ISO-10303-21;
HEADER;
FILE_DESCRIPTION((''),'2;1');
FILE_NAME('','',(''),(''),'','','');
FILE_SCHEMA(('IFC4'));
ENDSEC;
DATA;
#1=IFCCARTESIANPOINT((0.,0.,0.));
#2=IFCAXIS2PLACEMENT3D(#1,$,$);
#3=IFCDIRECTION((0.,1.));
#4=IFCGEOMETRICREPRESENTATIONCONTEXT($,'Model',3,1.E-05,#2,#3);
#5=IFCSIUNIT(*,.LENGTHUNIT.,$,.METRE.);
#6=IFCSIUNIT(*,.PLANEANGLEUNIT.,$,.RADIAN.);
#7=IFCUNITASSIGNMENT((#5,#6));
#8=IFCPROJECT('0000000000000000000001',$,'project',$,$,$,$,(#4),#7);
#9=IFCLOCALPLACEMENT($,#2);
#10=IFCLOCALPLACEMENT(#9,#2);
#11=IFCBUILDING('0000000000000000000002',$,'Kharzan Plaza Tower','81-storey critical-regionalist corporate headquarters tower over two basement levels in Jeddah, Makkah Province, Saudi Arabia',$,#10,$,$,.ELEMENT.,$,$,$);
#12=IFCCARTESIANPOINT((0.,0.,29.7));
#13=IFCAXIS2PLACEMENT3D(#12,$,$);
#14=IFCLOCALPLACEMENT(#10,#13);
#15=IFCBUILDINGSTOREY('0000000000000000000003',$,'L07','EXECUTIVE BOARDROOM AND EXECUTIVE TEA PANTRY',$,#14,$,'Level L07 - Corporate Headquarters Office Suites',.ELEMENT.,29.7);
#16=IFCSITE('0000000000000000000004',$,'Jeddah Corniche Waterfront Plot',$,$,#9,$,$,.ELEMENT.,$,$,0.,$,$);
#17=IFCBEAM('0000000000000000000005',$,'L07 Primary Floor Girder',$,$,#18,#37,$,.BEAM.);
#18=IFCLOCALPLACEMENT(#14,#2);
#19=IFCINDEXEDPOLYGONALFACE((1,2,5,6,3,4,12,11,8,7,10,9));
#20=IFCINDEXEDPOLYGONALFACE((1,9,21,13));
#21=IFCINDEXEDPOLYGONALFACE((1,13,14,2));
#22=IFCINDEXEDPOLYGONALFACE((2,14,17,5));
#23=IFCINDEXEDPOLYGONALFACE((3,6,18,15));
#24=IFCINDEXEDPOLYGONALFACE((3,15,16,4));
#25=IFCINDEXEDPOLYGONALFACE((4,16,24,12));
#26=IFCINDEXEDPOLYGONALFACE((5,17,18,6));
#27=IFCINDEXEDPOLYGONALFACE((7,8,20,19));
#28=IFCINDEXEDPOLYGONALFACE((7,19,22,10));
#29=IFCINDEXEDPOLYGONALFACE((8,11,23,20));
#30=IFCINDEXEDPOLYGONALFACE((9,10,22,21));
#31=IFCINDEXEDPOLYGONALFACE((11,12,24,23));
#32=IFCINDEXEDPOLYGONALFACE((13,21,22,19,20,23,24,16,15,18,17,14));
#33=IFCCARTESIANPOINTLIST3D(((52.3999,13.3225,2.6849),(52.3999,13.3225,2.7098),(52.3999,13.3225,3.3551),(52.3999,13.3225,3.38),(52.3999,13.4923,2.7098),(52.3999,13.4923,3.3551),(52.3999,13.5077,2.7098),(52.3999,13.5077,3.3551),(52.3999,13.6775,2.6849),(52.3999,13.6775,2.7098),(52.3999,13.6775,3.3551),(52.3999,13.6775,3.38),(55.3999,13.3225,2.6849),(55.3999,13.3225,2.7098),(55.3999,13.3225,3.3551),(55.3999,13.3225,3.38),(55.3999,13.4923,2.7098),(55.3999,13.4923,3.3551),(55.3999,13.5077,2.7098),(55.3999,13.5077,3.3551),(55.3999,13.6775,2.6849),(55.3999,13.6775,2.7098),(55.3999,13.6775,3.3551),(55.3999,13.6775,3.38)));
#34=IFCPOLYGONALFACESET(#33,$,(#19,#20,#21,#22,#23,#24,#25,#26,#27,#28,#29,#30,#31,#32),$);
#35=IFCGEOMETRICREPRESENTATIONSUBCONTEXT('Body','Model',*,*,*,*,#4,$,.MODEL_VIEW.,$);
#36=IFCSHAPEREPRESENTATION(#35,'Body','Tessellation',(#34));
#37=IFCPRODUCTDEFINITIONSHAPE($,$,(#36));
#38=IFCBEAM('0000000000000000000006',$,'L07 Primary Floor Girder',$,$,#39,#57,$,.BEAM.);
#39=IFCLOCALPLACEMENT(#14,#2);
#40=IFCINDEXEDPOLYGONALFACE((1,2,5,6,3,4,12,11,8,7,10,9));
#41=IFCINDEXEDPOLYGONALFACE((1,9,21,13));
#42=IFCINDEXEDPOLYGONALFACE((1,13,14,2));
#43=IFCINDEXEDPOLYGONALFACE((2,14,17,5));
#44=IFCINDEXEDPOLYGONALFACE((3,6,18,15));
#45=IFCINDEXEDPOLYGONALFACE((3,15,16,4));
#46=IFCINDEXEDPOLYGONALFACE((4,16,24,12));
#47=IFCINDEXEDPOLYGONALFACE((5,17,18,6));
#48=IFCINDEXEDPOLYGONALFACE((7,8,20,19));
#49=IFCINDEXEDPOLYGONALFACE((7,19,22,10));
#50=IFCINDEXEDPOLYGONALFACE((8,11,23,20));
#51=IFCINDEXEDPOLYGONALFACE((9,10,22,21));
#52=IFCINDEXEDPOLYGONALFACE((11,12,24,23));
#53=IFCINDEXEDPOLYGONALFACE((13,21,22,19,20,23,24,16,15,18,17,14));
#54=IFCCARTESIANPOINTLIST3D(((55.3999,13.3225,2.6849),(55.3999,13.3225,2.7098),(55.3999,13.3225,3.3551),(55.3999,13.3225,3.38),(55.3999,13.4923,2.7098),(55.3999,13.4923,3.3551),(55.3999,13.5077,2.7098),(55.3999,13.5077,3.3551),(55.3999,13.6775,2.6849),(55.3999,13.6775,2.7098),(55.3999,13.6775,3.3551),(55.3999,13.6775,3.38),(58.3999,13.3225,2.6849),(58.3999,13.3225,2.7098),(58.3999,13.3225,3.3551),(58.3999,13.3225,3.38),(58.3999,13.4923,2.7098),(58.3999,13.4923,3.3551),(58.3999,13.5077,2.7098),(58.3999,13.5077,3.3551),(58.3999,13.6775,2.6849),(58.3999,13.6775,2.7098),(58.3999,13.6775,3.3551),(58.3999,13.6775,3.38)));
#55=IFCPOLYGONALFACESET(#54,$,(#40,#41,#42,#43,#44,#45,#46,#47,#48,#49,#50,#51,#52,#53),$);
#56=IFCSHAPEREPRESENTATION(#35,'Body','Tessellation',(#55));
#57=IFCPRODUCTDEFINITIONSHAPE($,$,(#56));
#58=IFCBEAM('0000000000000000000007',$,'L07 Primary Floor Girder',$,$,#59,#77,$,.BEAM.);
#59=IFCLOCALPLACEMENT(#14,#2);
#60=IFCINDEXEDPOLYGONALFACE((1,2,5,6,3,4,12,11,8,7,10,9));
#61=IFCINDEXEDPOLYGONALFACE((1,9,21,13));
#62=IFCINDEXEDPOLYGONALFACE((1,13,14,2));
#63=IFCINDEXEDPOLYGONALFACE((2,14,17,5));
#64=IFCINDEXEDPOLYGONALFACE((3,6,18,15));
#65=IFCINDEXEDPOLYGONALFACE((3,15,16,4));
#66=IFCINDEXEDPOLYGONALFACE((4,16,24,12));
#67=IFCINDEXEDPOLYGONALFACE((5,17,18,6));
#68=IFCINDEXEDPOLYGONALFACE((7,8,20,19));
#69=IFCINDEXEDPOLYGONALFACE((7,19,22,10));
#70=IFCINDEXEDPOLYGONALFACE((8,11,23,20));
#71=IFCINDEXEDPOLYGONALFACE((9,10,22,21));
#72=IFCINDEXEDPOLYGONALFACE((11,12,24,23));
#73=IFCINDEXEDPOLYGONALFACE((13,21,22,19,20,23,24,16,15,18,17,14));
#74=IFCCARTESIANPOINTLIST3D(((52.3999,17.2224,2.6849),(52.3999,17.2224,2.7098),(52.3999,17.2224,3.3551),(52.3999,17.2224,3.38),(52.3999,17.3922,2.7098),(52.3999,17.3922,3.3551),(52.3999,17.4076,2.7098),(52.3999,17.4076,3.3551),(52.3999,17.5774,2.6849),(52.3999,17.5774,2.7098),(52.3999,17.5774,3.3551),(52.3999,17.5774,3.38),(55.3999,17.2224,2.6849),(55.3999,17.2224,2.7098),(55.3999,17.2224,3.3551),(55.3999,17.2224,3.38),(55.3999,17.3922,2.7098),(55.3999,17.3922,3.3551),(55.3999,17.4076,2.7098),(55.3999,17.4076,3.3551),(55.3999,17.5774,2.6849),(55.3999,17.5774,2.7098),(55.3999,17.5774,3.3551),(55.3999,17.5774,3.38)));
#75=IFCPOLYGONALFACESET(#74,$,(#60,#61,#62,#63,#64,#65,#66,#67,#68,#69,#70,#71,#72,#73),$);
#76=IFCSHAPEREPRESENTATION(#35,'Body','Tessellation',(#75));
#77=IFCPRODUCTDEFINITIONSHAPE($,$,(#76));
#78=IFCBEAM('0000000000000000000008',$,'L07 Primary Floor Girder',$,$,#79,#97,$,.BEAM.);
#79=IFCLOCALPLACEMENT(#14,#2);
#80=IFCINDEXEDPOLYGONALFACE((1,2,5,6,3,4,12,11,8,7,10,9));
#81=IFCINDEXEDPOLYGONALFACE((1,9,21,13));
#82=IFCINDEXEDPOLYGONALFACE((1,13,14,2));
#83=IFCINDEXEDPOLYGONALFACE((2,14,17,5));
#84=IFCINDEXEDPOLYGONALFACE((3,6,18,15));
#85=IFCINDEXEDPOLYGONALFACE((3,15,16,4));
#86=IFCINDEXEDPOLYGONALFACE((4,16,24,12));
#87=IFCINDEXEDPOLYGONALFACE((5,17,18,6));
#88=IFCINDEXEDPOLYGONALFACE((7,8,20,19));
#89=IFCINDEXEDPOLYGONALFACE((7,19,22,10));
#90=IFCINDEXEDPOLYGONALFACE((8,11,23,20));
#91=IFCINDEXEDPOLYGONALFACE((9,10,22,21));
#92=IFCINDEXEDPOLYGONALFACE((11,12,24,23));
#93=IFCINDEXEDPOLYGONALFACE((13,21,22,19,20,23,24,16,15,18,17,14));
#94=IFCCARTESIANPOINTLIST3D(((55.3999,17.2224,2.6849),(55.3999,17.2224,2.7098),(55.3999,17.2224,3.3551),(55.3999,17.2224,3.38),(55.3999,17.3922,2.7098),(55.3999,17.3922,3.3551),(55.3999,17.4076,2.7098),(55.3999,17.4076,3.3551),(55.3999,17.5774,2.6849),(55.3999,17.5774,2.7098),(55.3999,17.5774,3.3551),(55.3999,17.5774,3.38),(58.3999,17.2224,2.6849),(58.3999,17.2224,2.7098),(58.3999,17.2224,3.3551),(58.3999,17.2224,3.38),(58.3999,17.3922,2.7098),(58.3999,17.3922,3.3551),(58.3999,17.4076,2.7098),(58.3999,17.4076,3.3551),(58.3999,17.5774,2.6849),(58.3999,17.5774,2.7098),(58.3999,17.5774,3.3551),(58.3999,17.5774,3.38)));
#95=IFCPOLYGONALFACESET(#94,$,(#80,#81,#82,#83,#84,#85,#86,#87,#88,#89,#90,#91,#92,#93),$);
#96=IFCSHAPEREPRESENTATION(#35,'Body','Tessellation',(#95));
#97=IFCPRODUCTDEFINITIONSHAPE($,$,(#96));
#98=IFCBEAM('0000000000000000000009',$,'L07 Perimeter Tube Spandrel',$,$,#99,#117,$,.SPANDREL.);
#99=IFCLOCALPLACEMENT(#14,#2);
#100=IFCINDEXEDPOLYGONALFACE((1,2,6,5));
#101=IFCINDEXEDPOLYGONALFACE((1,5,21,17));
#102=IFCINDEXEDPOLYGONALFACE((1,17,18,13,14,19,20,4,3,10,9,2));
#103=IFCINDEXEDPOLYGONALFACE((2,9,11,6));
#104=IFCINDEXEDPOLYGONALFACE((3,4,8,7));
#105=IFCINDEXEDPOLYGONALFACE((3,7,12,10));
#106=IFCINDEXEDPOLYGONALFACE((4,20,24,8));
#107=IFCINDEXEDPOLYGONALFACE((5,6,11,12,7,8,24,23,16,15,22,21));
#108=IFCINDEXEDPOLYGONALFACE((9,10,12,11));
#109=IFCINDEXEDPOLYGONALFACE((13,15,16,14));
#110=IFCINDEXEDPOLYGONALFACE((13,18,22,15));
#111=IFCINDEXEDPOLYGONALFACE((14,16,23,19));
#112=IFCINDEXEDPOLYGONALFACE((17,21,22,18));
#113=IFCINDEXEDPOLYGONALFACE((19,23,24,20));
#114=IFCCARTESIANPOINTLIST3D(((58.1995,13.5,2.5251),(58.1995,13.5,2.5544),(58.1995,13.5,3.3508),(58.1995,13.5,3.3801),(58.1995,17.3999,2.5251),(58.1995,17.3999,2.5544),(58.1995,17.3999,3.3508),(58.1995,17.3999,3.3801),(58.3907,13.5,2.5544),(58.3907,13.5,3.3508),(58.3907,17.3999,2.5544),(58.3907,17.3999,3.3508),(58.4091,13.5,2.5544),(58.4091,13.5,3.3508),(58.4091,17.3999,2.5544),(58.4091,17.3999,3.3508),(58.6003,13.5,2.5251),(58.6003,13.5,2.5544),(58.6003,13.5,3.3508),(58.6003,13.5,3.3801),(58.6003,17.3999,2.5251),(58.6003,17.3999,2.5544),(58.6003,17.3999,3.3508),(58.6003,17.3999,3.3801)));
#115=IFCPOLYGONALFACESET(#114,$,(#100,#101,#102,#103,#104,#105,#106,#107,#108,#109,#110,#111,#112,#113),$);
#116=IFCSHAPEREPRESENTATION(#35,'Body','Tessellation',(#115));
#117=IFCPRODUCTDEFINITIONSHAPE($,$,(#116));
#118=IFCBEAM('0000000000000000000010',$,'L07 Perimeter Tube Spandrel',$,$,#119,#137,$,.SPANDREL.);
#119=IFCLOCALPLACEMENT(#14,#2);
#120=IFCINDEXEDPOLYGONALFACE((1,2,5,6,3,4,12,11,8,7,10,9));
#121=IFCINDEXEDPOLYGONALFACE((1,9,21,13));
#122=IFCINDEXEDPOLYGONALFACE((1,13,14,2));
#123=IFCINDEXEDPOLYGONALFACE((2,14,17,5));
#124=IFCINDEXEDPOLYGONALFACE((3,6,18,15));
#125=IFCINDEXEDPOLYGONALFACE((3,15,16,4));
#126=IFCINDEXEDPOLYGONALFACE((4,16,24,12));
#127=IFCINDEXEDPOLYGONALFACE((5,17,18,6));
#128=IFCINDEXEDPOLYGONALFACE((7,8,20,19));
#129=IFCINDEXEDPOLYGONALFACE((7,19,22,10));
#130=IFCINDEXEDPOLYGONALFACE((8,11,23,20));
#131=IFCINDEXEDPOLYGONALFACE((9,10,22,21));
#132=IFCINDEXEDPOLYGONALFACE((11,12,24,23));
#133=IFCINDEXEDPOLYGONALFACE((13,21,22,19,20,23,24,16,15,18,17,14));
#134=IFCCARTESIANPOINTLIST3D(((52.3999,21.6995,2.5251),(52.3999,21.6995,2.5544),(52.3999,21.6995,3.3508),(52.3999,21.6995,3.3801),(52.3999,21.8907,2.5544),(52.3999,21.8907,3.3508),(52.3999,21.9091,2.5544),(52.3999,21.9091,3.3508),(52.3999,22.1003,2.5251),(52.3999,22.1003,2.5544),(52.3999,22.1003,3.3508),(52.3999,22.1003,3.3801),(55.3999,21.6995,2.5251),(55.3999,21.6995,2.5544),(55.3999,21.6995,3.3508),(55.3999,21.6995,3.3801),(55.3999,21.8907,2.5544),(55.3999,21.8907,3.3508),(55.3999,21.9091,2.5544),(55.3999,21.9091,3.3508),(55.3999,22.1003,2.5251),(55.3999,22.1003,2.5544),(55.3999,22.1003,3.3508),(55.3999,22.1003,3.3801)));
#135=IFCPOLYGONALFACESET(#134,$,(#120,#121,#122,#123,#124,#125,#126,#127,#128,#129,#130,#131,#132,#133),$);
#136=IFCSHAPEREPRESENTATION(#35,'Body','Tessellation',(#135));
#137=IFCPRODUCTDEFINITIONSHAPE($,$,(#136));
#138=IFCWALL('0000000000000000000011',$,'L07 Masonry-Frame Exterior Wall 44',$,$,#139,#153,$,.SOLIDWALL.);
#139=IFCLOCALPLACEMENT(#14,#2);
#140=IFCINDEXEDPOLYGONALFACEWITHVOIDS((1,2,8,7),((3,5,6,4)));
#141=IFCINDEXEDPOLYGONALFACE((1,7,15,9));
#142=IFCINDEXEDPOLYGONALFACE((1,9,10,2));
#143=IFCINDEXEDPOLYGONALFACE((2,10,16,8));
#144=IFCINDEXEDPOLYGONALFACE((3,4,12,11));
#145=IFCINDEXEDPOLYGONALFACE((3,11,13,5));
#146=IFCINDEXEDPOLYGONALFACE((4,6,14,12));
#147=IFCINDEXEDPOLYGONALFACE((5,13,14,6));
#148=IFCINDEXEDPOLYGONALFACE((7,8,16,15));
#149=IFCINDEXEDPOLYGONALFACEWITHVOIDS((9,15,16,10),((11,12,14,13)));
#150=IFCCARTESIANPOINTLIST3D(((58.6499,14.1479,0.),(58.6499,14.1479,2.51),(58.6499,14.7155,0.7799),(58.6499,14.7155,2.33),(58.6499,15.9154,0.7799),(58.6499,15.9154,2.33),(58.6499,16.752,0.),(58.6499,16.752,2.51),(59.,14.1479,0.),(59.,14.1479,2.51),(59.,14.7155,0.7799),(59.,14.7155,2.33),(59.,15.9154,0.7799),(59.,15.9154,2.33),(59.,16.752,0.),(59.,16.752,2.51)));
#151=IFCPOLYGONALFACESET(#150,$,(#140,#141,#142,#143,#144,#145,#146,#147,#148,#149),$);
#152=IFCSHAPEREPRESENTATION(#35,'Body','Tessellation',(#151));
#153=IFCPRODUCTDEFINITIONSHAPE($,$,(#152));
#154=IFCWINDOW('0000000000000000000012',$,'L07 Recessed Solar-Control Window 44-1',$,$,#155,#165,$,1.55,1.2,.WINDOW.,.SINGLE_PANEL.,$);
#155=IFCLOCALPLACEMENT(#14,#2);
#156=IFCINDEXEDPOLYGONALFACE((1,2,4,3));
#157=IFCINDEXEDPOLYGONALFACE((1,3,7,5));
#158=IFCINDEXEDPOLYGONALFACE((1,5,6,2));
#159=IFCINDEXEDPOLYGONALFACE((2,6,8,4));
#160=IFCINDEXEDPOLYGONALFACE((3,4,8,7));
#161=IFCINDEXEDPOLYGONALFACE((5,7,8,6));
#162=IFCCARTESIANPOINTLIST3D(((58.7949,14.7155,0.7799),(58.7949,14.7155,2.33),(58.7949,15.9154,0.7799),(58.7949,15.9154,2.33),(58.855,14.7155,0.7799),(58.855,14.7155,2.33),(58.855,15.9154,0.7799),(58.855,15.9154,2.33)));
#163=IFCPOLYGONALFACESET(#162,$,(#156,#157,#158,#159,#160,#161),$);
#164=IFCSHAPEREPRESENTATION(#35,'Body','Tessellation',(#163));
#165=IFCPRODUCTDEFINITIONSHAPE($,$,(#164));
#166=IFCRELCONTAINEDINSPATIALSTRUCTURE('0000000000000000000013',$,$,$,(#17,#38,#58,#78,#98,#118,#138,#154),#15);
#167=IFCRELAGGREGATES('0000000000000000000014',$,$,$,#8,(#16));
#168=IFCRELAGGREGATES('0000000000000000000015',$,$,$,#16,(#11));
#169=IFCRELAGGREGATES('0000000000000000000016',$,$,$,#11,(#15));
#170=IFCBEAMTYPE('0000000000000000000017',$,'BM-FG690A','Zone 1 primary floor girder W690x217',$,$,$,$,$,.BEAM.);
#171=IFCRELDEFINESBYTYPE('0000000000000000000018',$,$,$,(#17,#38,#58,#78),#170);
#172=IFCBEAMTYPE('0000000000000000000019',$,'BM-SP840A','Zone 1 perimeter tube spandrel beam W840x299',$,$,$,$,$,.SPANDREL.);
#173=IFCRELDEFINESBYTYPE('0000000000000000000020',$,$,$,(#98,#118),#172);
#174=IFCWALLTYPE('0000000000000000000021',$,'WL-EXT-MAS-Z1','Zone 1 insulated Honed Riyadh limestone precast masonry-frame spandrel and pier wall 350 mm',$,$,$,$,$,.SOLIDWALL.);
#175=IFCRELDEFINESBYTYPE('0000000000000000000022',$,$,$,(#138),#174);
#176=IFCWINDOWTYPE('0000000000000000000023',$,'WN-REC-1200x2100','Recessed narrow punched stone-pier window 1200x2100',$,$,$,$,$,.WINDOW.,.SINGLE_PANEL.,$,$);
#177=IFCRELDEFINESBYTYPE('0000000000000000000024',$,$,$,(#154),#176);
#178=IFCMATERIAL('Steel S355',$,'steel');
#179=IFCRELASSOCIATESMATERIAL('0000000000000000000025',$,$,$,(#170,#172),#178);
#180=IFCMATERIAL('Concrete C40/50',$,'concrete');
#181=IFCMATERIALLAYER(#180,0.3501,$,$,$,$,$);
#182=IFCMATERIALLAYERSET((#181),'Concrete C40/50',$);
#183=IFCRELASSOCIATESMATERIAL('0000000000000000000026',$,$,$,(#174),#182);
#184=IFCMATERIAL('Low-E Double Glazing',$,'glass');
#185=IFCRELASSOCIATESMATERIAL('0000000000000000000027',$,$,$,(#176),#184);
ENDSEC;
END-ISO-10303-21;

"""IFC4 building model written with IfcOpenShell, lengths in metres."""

from ifc_helpers import new_model, si_unit, direction, frame, frame_2d, origin, origin_2d, place, context, subcontext, project, spatial, rectangle, i_section, extrude, source, transform, mapped, material, layer, layer_set, material_profile, profile_set, type_object, element, fill, save


model = new_model("IFC4")

# Units and contexts
model_context = context("Model", 3, precision=1e-05, world=origin(), true_north=direction((0.0, 1.0)))
body_context = subcontext(model_context, "Body", "Model", "MODEL_VIEW")
ifc_project = project(units=[si_unit("LENGTHUNIT", "METRE"), si_unit("PLANEANGLEUNIT", "RADIAN")], contexts=[model_context])

# Site, building, storey
site_placement = place(None, origin())
site = spatial("IfcSite", under=ifc_project, at=site_placement, Name="Jeddah Corniche Waterfront Plot", CompositionType="ELEMENT", RefElevation=0.0)
building_placement = place(site_placement, origin())
building = spatial("IfcBuilding", under=site, at=building_placement, Name="Kharzan Plaza Tower", Description="81-storey critical-regionalist corporate headquarters tower over two basement levels in Jeddah, Makkah Province, Saudi Arabia", CompositionType="ELEMENT")
storey_placement = place(building_placement, frame((0.0, 0.0, 29.7)))
storey = spatial("IfcBuildingStorey", under=building, at=storey_placement, Name="L07", Description="EXECUTIVE BOARDROOM AND EXECUTIVE TEA PANTRY", LongName="Level L07 - Corporate Headquarters Office Suites", CompositionType="ELEMENT", Elevation=29.7)

# Beams
ifc_material_1 = material(Name="Steel S355", Category="steel")
ifc_material_profile_1 = material_profile(ifc_material_1, i_section(OverallWidth=0.355, OverallDepth=0.6951, WebThickness=0.0154, FlangeThickness=0.0249, at=origin_2d()), Name="W690x217")
ifc_profile_set_1 = profile_set([ifc_material_profile_1], Name="Steel S355")
beam_type_1 = type_object("IfcBeamType", Name="BM-FG690A", Description="Zone 1 primary floor girder W690x217", PredefinedType="BEAM", material=ifc_profile_set_1)
shared_shape_1 = source(origin(), body_context, "Body", "SweptSolid", [
    extrude(i_section(OverallWidth=0.355, OverallDepth=0.6951, WebThickness=0.0154, FlangeThickness=0.0249, at=origin_2d()), origin(), (0.0, 0.0, 1.0), 3.0),
])
for number, where, z_axis, x_axis, name in (
    (1, (52.3999, 13.5, 3.0325), (1.0, 0.0, 0.0), (0.0, 1.0, 0.0), "L07 Primary Floor Girder"),
    (2, (55.3999, 13.5, 3.0325), (1.0, 0.0, 0.0), (0.0, 1.0, 0.0), "L07 Primary Floor Girder"),
    (3, (52.3999, 17.3999, 3.0325), (1.0, 0.0, 0.0), (0.0, 1.0, 0.0), "L07 Primary Floor Girder"),
    (4, (55.3999, 17.3999, 3.0325), (1.0, 0.0, 0.0), (0.0, 1.0, 0.0), "L07 Primary Floor Girder"),
):
    element("IfcBeam", number, at=place(storey_placement, frame(where, z_axis=z_axis, x_axis=x_axis)), inside=storey, type_object=beam_type_1, Name=name, PredefinedType="BEAM", context=body_context, shape_type="MappedRepresentation", body=[
        mapped(shared_shape_1, transform((0.0, 0.0, 0.0), x_axis=(1.0, 0.0, 0.0), y_axis=(0.0, 1.0, 0.0), z_axis=(0.0, 0.0, 1.0))),
    ])
ifc_material_profile_2 = material_profile(ifc_material_1, i_section(OverallWidth=0.4009, OverallDepth=0.855, WebThickness=0.0183, FlangeThickness=0.0293, at=origin_2d()), Name="W840x299")
ifc_profile_set_2 = profile_set([ifc_material_profile_2], Name="Steel S355")
beam_type_2 = type_object("IfcBeamType", Name="BM-SP840A", Description="Zone 1 perimeter tube spandrel beam W840x299", PredefinedType="SPANDREL", material=ifc_profile_set_2)
shared_shape_2 = source(origin(), body_context, "Body", "SweptSolid", [
    extrude(i_section(OverallWidth=0.4009, OverallDepth=0.855, WebThickness=0.0183, FlangeThickness=0.0293, at=origin_2d()), origin(), (0.0, 0.0, 1.0), 3.8999),
])
beam_1_placement = place(storey_placement, frame((58.3999, 13.5, 2.9526), z_axis=(0.0, 1.0, 0.0), x_axis=(-1.0, 0.0, 0.0)))
element("IfcBeam", 5, at=beam_1_placement, inside=storey, type_object=beam_type_2, Name="L07 Perimeter Tube Spandrel", PredefinedType="SPANDREL", context=body_context, shape_type="MappedRepresentation", body=[
    mapped(shared_shape_2, transform((0.0, 0.0, 0.0), x_axis=(1.0, 0.0, 0.0), y_axis=(0.0, 1.0, 0.0), z_axis=(0.0, 0.0, 1.0))),
])
shared_shape_3 = source(origin(), body_context, "Body", "SweptSolid", [
    extrude(i_section(OverallWidth=0.4009, OverallDepth=0.855, WebThickness=0.0183, FlangeThickness=0.0293, at=origin_2d()), origin(), (0.0, 0.0, 1.0), 3.0),
])
beam_2_placement = place(storey_placement, frame((52.3999, 21.8999, 2.9526), z_axis=(1.0, 0.0, 0.0), x_axis=(0.0, 1.0, 0.0)))
element("IfcBeam", 6, at=beam_2_placement, inside=storey, type_object=beam_type_2, Name="L07 Perimeter Tube Spandrel", PredefinedType="SPANDREL", context=body_context, shape_type="MappedRepresentation", body=[
    mapped(shared_shape_3, transform((0.0, 0.0, 0.0), x_axis=(1.0, 0.0, 0.0), y_axis=(0.0, 1.0, 0.0), z_axis=(0.0, 0.0, 1.0))),
])

# Wall, opening, window
ifc_material_2 = material(Name="Concrete C40/50", Category="concrete")
ifc_layer_1 = layer(ifc_material_2, 0.3501)
ifc_layer_set_1 = layer_set([ifc_layer_1], Name="Concrete C40/50")
wall_type_1 = type_object("IfcWallType", Name="WL-EXT-MAS-Z1", Description="Zone 1 insulated Honed Riyadh limestone precast masonry-frame spandrel and pier wall 350 mm", PredefinedType="SOLIDWALL", material=ifc_layer_set_1)
wall_1_placement = place(storey_placement, frame((58.825, 14.1479, 0.0), z_axis=(0.0, 0.0, 1.0), x_axis=(0.0, 1.0, 0.0)))
wall_1 = element("IfcWall", 7, at=wall_1_placement, inside=storey, type_object=wall_type_1, Name="L07 Masonry-Frame Exterior Wall 44", PredefinedType="SOLIDWALL", context=body_context, shape_type="SweptSolid", body=[
    extrude(rectangle(XDim=2.604, YDim=0.3501, at=frame_2d((1.302, 0.0))), origin(), (0.0, 0.0, 1.0), 2.51),
])
opening_1_placement = place(wall_1_placement, frame((0.5674, 0.0, 0.78)))
opening_1 = element("IfcOpeningElement", 8, at=opening_1_placement, cuts=wall_1, PredefinedType="OPENING", context=body_context, shape_type="SweptSolid", body=[
    extrude(rectangle(XDim=1.2, YDim=1.55, at=frame_2d((0.6001, 0.7749))), frame((0.0, 0.1851, 0.0), z_axis=(0.0, -1.0, 0.0), x_axis=(1.0, 0.0, 0.0)), (0.0, 0.0, 1.0), 0.3701),
])
ifc_material_3 = material(Name="Low-E Double Glazing", Category="glass")
window_type_1 = type_object("IfcWindowType", Name="WN-REC-1200x2100", Description="Recessed narrow punched stone-pier window 1200x2100", PartitioningType="SINGLE_PANEL", PredefinedType="WINDOW", material=ifc_material_3)
shared_shape_4 = source(origin(), body_context, "Body", "SweptSolid", [
    extrude(rectangle(XDim=1.2, YDim=1.55, at=frame_2d((0.6001, 0.7749))), frame((0.0, 0.03, 0.0), z_axis=(0.0, -1.0, 0.0), x_axis=(1.0, 0.0, 0.0)), (0.0, 0.0, 1.0), 0.0601),
])
window_1_placement = place(opening_1_placement, origin())
window_1 = element("IfcWindow", 9, at=window_1_placement, inside=storey, type_object=window_type_1, Name="L07 Recessed Solar-Control Window 44-1", OverallHeight=1.55, OverallWidth=1.2, PartitioningType="SINGLE_PANEL", PredefinedType="WINDOW", context=body_context, shape_type="MappedRepresentation", body=[
    mapped(shared_shape_4, transform((0.0, 0.0, 0.0), x_axis=(1.0, 0.0, 0.0), y_axis=(0.0, 1.0, 0.0), z_axis=(0.0, 0.0, 1.0))),
])
fill(opening_1, window_1)

save(model, "model.ifc")
